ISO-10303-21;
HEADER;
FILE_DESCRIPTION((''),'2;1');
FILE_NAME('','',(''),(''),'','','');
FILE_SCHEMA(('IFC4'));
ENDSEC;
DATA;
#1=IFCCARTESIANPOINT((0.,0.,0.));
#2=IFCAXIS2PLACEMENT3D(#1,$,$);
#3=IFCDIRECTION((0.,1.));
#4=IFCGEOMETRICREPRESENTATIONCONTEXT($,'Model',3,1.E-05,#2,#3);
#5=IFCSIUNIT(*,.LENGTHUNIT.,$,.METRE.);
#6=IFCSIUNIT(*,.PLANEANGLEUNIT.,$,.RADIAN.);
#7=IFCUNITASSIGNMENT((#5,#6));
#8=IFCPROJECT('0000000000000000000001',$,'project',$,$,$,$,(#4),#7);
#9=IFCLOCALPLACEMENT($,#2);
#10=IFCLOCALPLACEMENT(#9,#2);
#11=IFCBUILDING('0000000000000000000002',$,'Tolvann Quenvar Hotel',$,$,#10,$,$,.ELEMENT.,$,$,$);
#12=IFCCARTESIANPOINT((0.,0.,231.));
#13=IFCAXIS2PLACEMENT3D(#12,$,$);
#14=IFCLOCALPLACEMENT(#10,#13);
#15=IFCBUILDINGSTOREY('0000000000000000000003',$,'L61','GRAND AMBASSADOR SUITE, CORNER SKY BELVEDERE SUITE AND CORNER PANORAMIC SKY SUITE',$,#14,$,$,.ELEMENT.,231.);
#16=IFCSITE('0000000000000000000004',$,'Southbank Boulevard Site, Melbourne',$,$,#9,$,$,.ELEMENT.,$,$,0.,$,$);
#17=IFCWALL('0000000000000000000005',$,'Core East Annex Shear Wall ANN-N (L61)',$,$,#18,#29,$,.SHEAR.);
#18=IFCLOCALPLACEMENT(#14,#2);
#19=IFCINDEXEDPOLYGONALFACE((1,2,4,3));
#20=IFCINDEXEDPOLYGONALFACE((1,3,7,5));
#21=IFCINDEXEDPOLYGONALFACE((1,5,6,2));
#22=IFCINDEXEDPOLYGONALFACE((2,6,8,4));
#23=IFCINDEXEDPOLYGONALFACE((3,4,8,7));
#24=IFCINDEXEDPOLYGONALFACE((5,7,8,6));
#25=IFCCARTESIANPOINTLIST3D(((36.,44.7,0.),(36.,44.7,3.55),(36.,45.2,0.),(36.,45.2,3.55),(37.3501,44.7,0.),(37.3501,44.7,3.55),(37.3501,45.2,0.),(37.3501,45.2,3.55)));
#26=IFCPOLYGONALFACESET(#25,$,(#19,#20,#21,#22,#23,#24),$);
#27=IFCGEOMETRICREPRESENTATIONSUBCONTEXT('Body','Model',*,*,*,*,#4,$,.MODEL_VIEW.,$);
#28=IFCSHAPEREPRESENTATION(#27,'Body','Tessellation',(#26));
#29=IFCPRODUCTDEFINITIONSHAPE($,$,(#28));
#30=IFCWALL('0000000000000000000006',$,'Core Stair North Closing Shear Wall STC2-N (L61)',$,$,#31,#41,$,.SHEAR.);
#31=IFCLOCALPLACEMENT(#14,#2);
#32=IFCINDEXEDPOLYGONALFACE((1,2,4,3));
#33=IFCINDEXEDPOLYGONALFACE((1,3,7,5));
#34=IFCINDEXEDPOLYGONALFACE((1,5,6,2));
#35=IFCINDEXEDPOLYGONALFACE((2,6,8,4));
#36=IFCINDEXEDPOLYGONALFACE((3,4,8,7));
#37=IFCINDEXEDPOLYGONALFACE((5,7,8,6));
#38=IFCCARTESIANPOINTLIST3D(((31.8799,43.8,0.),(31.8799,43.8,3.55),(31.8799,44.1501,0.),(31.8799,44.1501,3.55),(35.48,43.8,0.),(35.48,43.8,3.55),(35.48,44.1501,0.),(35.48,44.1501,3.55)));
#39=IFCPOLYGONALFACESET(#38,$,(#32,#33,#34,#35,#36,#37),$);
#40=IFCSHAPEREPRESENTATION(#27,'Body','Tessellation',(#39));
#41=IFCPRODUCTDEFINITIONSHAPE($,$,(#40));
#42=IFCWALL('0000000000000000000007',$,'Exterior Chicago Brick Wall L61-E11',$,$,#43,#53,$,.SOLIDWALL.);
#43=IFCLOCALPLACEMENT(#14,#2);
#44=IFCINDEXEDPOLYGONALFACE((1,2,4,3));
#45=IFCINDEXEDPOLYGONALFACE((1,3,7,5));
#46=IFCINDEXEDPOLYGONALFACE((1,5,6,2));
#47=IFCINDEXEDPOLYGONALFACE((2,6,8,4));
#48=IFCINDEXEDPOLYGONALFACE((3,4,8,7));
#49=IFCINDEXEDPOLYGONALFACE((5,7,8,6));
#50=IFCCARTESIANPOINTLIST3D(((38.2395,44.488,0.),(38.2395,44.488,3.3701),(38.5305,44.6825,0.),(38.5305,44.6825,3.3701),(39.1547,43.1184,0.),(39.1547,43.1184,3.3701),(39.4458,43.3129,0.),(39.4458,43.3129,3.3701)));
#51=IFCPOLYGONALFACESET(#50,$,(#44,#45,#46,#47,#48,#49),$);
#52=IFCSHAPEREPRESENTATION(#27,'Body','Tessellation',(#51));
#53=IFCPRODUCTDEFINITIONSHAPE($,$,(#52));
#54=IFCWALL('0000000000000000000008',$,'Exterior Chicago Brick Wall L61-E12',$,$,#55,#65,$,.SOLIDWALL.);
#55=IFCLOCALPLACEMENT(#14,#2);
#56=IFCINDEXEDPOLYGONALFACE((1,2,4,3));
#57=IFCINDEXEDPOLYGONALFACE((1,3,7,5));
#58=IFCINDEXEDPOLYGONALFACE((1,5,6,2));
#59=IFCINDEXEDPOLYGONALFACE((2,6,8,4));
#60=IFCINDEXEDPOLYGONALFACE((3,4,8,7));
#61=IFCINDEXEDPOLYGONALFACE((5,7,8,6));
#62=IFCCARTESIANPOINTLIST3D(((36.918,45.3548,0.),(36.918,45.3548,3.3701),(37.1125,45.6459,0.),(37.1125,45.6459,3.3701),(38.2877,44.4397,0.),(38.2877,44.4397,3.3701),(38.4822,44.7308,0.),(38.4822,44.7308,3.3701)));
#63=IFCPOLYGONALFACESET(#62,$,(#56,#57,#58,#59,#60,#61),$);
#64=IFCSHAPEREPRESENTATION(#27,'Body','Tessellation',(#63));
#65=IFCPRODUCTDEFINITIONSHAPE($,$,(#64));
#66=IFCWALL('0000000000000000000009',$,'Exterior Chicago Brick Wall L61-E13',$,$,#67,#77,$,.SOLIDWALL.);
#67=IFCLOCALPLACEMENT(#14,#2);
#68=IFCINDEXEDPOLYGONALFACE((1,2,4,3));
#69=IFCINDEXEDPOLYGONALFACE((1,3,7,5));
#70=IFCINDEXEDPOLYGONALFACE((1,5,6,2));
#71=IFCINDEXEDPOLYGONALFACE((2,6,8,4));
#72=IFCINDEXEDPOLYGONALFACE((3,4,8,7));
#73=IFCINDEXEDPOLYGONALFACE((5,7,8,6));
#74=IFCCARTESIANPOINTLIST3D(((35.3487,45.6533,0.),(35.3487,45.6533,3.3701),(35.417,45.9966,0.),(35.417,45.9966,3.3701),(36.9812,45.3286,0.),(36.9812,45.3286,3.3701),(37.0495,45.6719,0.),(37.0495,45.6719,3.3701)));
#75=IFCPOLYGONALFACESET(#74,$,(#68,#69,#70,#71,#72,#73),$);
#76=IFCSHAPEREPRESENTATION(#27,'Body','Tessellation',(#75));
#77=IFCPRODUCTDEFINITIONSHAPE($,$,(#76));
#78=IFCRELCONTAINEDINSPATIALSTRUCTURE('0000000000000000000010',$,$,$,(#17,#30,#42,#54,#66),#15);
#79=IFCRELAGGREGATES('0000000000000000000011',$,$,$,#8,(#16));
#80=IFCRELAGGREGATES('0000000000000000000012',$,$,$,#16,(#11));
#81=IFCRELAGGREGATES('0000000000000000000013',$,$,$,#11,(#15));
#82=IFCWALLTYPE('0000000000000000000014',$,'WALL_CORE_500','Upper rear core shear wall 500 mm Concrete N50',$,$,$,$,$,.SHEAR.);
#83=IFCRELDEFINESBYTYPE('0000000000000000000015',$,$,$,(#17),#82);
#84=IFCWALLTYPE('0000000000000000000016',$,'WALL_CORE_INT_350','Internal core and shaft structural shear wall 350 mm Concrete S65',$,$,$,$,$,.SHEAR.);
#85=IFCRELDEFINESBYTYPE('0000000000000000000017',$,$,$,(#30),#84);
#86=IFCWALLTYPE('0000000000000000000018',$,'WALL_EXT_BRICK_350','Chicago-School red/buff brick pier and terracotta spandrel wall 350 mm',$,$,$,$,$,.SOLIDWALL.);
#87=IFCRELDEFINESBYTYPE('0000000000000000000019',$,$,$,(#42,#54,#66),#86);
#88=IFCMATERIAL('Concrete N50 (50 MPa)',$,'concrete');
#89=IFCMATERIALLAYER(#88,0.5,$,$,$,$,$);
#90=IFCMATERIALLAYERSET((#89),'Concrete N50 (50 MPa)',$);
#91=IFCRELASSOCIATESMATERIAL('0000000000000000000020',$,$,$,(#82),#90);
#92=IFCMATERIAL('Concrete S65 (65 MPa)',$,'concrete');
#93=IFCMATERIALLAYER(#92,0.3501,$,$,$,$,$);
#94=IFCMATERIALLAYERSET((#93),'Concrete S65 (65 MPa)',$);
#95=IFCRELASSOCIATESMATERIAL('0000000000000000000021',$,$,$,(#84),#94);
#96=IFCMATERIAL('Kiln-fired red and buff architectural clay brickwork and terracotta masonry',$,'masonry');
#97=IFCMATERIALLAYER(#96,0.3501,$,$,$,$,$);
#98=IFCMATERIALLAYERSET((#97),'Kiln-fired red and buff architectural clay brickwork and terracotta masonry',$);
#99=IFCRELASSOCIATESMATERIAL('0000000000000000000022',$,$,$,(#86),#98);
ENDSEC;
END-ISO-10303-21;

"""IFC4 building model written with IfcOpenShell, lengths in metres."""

from ifc_helpers import new_model, si_unit, direction, frame, frame_2d, origin, place, context, subcontext, project, spatial, rectangle, extrude, material, layer, layer_set, type_object, element, save


model = new_model("IFC4")

# Units and contexts
model_context = context("Model", 3, precision=1e-05, world=origin(), true_north=direction((0.0, 1.0)))
body_context = subcontext(model_context, "Body", "Model", "MODEL_VIEW")
ifc_project = project(units=[si_unit("LENGTHUNIT", "METRE"), si_unit("PLANEANGLEUNIT", "RADIAN")], contexts=[model_context])

# Site, building, storey
site_placement = place(None, origin())
site = spatial("IfcSite", under=ifc_project, at=site_placement, Name="Southbank Boulevard Site, Melbourne", CompositionType="ELEMENT", RefElevation=0.0)
building_placement = place(site_placement, origin())
building = spatial("IfcBuilding", under=site, at=building_placement, Name="Tolvann Quenvar Hotel", CompositionType="ELEMENT")
storey_placement = place(building_placement, frame((0.0, 0.0, 231.0)))
storey = spatial("IfcBuildingStorey", under=building, at=storey_placement, Name="L61", Description="GRAND AMBASSADOR SUITE, CORNER SKY BELVEDERE SUITE AND CORNER PANORAMIC SKY SUITE", CompositionType="ELEMENT", Elevation=231.0)

# Walls
ifc_material_1 = material(Name="Concrete N50 (50 MPa)", Category="concrete")
ifc_layer_1 = layer(ifc_material_1, 0.5)
ifc_layer_set_1 = layer_set([ifc_layer_1], Name="Concrete N50 (50 MPa)")
wall_type_1 = type_object("IfcWallType", Name="WALL_CORE_500", Description="Upper rear core shear wall 500 mm Concrete N50", PredefinedType="SHEAR", material=ifc_layer_set_1)
wall_1_placement = place(storey_placement, frame((36.0, 44.95, 0.0), z_axis=(0.0, 0.0, 1.0), x_axis=(1.0, 0.0, 0.0)))
element("IfcWall", 1, at=wall_1_placement, inside=storey, type_object=wall_type_1, Name="Core East Annex Shear Wall ANN-N (L61)", PredefinedType="SHEAR", context=body_context, shape_type="SweptSolid", body=[
    extrude(rectangle(XDim=1.3501, YDim=0.5, at=frame_2d((0.675, 0.0))), origin(), (0.0, 0.0, 1.0), 3.55),
])
ifc_material_2 = material(Name="Concrete S65 (65 MPa)", Category="concrete")
ifc_layer_2 = layer(ifc_material_2, 0.3501)
ifc_layer_set_2 = layer_set([ifc_layer_2], Name="Concrete S65 (65 MPa)")
wall_type_2 = type_object("IfcWallType", Name="WALL_CORE_INT_350", Description="Internal core and shaft structural shear wall 350 mm Concrete S65", PredefinedType="SHEAR", material=ifc_layer_set_2)
wall_2_placement = place(storey_placement, frame((31.8799, 43.9751, 0.0), z_axis=(0.0, 0.0, 1.0), x_axis=(1.0, 0.0, 0.0)))
element("IfcWall", 2, at=wall_2_placement, inside=storey, type_object=wall_type_2, Name="Core Stair North Closing Shear Wall STC2-N (L61)", PredefinedType="SHEAR", context=body_context, shape_type="SweptSolid", body=[
    extrude(rectangle(XDim=3.6001, YDim=0.3501, at=frame_2d((1.8, 0.0))), origin(), (0.0, 0.0, 1.0), 3.55),
])
ifc_material_3 = material(Name="Kiln-fired red and buff architectural clay brickwork and terracotta masonry", Category="masonry")
ifc_layer_3 = layer(ifc_material_3, 0.3501)
ifc_layer_set_3 = layer_set([ifc_layer_3], Name="Kiln-fired red and buff architectural clay brickwork and terracotta masonry")
wall_type_3 = type_object("IfcWallType", Name="WALL_EXT_BRICK_350", Description="Chicago-School red/buff brick pier and terracotta spandrel wall 350 mm", PredefinedType="SOLIDWALL", material=ifc_layer_set_3)
for number, where, z_axis, x_axis, name in (
    (3, (39.3003, 43.2156, 0.0), (0.0, 0.0, 1.0), (-0.555623, 0.831434, 0.0), "Exterior Chicago Brick Wall L61-E11"),
    (4, (38.385, 44.5852, 0.0), (0.0, 0.0, 1.0), (-0.831503, 0.555521, 0.0), "Exterior Chicago Brick Wall L61-E12"),
):
    element("IfcWall", number, at=place(storey_placement, frame(where, z_axis=z_axis, x_axis=x_axis)), inside=storey, type_object=wall_type_3, Name=name, PredefinedType="SOLIDWALL", context=body_context, shape_type="SweptSolid", body=[
        extrude(rectangle(XDim=1.6472, YDim=0.3501, at=frame_2d((0.8237, 0.0))), origin(), (0.0, 0.0, 1.0), 3.3701),
    ])
wall_3_placement = place(storey_placement, frame((37.0154, 45.5002, 0.0), z_axis=(0.0, 0.0, 1.0), x_axis=(-0.980789, 0.195072, 0.0)))
element("IfcWall", 5, at=wall_3_placement, inside=storey, type_object=wall_type_3, Name="Exterior Chicago Brick Wall L61-E13", PredefinedType="SOLIDWALL", context=body_context, shape_type="SweptSolid", body=[
    extrude(rectangle(XDim=1.6646, YDim=0.3501, at=frame_2d((0.8323, 0.0))), origin(), (0.0, 0.0, 1.0), 3.3701),
])

save(model, "model.ifc")
